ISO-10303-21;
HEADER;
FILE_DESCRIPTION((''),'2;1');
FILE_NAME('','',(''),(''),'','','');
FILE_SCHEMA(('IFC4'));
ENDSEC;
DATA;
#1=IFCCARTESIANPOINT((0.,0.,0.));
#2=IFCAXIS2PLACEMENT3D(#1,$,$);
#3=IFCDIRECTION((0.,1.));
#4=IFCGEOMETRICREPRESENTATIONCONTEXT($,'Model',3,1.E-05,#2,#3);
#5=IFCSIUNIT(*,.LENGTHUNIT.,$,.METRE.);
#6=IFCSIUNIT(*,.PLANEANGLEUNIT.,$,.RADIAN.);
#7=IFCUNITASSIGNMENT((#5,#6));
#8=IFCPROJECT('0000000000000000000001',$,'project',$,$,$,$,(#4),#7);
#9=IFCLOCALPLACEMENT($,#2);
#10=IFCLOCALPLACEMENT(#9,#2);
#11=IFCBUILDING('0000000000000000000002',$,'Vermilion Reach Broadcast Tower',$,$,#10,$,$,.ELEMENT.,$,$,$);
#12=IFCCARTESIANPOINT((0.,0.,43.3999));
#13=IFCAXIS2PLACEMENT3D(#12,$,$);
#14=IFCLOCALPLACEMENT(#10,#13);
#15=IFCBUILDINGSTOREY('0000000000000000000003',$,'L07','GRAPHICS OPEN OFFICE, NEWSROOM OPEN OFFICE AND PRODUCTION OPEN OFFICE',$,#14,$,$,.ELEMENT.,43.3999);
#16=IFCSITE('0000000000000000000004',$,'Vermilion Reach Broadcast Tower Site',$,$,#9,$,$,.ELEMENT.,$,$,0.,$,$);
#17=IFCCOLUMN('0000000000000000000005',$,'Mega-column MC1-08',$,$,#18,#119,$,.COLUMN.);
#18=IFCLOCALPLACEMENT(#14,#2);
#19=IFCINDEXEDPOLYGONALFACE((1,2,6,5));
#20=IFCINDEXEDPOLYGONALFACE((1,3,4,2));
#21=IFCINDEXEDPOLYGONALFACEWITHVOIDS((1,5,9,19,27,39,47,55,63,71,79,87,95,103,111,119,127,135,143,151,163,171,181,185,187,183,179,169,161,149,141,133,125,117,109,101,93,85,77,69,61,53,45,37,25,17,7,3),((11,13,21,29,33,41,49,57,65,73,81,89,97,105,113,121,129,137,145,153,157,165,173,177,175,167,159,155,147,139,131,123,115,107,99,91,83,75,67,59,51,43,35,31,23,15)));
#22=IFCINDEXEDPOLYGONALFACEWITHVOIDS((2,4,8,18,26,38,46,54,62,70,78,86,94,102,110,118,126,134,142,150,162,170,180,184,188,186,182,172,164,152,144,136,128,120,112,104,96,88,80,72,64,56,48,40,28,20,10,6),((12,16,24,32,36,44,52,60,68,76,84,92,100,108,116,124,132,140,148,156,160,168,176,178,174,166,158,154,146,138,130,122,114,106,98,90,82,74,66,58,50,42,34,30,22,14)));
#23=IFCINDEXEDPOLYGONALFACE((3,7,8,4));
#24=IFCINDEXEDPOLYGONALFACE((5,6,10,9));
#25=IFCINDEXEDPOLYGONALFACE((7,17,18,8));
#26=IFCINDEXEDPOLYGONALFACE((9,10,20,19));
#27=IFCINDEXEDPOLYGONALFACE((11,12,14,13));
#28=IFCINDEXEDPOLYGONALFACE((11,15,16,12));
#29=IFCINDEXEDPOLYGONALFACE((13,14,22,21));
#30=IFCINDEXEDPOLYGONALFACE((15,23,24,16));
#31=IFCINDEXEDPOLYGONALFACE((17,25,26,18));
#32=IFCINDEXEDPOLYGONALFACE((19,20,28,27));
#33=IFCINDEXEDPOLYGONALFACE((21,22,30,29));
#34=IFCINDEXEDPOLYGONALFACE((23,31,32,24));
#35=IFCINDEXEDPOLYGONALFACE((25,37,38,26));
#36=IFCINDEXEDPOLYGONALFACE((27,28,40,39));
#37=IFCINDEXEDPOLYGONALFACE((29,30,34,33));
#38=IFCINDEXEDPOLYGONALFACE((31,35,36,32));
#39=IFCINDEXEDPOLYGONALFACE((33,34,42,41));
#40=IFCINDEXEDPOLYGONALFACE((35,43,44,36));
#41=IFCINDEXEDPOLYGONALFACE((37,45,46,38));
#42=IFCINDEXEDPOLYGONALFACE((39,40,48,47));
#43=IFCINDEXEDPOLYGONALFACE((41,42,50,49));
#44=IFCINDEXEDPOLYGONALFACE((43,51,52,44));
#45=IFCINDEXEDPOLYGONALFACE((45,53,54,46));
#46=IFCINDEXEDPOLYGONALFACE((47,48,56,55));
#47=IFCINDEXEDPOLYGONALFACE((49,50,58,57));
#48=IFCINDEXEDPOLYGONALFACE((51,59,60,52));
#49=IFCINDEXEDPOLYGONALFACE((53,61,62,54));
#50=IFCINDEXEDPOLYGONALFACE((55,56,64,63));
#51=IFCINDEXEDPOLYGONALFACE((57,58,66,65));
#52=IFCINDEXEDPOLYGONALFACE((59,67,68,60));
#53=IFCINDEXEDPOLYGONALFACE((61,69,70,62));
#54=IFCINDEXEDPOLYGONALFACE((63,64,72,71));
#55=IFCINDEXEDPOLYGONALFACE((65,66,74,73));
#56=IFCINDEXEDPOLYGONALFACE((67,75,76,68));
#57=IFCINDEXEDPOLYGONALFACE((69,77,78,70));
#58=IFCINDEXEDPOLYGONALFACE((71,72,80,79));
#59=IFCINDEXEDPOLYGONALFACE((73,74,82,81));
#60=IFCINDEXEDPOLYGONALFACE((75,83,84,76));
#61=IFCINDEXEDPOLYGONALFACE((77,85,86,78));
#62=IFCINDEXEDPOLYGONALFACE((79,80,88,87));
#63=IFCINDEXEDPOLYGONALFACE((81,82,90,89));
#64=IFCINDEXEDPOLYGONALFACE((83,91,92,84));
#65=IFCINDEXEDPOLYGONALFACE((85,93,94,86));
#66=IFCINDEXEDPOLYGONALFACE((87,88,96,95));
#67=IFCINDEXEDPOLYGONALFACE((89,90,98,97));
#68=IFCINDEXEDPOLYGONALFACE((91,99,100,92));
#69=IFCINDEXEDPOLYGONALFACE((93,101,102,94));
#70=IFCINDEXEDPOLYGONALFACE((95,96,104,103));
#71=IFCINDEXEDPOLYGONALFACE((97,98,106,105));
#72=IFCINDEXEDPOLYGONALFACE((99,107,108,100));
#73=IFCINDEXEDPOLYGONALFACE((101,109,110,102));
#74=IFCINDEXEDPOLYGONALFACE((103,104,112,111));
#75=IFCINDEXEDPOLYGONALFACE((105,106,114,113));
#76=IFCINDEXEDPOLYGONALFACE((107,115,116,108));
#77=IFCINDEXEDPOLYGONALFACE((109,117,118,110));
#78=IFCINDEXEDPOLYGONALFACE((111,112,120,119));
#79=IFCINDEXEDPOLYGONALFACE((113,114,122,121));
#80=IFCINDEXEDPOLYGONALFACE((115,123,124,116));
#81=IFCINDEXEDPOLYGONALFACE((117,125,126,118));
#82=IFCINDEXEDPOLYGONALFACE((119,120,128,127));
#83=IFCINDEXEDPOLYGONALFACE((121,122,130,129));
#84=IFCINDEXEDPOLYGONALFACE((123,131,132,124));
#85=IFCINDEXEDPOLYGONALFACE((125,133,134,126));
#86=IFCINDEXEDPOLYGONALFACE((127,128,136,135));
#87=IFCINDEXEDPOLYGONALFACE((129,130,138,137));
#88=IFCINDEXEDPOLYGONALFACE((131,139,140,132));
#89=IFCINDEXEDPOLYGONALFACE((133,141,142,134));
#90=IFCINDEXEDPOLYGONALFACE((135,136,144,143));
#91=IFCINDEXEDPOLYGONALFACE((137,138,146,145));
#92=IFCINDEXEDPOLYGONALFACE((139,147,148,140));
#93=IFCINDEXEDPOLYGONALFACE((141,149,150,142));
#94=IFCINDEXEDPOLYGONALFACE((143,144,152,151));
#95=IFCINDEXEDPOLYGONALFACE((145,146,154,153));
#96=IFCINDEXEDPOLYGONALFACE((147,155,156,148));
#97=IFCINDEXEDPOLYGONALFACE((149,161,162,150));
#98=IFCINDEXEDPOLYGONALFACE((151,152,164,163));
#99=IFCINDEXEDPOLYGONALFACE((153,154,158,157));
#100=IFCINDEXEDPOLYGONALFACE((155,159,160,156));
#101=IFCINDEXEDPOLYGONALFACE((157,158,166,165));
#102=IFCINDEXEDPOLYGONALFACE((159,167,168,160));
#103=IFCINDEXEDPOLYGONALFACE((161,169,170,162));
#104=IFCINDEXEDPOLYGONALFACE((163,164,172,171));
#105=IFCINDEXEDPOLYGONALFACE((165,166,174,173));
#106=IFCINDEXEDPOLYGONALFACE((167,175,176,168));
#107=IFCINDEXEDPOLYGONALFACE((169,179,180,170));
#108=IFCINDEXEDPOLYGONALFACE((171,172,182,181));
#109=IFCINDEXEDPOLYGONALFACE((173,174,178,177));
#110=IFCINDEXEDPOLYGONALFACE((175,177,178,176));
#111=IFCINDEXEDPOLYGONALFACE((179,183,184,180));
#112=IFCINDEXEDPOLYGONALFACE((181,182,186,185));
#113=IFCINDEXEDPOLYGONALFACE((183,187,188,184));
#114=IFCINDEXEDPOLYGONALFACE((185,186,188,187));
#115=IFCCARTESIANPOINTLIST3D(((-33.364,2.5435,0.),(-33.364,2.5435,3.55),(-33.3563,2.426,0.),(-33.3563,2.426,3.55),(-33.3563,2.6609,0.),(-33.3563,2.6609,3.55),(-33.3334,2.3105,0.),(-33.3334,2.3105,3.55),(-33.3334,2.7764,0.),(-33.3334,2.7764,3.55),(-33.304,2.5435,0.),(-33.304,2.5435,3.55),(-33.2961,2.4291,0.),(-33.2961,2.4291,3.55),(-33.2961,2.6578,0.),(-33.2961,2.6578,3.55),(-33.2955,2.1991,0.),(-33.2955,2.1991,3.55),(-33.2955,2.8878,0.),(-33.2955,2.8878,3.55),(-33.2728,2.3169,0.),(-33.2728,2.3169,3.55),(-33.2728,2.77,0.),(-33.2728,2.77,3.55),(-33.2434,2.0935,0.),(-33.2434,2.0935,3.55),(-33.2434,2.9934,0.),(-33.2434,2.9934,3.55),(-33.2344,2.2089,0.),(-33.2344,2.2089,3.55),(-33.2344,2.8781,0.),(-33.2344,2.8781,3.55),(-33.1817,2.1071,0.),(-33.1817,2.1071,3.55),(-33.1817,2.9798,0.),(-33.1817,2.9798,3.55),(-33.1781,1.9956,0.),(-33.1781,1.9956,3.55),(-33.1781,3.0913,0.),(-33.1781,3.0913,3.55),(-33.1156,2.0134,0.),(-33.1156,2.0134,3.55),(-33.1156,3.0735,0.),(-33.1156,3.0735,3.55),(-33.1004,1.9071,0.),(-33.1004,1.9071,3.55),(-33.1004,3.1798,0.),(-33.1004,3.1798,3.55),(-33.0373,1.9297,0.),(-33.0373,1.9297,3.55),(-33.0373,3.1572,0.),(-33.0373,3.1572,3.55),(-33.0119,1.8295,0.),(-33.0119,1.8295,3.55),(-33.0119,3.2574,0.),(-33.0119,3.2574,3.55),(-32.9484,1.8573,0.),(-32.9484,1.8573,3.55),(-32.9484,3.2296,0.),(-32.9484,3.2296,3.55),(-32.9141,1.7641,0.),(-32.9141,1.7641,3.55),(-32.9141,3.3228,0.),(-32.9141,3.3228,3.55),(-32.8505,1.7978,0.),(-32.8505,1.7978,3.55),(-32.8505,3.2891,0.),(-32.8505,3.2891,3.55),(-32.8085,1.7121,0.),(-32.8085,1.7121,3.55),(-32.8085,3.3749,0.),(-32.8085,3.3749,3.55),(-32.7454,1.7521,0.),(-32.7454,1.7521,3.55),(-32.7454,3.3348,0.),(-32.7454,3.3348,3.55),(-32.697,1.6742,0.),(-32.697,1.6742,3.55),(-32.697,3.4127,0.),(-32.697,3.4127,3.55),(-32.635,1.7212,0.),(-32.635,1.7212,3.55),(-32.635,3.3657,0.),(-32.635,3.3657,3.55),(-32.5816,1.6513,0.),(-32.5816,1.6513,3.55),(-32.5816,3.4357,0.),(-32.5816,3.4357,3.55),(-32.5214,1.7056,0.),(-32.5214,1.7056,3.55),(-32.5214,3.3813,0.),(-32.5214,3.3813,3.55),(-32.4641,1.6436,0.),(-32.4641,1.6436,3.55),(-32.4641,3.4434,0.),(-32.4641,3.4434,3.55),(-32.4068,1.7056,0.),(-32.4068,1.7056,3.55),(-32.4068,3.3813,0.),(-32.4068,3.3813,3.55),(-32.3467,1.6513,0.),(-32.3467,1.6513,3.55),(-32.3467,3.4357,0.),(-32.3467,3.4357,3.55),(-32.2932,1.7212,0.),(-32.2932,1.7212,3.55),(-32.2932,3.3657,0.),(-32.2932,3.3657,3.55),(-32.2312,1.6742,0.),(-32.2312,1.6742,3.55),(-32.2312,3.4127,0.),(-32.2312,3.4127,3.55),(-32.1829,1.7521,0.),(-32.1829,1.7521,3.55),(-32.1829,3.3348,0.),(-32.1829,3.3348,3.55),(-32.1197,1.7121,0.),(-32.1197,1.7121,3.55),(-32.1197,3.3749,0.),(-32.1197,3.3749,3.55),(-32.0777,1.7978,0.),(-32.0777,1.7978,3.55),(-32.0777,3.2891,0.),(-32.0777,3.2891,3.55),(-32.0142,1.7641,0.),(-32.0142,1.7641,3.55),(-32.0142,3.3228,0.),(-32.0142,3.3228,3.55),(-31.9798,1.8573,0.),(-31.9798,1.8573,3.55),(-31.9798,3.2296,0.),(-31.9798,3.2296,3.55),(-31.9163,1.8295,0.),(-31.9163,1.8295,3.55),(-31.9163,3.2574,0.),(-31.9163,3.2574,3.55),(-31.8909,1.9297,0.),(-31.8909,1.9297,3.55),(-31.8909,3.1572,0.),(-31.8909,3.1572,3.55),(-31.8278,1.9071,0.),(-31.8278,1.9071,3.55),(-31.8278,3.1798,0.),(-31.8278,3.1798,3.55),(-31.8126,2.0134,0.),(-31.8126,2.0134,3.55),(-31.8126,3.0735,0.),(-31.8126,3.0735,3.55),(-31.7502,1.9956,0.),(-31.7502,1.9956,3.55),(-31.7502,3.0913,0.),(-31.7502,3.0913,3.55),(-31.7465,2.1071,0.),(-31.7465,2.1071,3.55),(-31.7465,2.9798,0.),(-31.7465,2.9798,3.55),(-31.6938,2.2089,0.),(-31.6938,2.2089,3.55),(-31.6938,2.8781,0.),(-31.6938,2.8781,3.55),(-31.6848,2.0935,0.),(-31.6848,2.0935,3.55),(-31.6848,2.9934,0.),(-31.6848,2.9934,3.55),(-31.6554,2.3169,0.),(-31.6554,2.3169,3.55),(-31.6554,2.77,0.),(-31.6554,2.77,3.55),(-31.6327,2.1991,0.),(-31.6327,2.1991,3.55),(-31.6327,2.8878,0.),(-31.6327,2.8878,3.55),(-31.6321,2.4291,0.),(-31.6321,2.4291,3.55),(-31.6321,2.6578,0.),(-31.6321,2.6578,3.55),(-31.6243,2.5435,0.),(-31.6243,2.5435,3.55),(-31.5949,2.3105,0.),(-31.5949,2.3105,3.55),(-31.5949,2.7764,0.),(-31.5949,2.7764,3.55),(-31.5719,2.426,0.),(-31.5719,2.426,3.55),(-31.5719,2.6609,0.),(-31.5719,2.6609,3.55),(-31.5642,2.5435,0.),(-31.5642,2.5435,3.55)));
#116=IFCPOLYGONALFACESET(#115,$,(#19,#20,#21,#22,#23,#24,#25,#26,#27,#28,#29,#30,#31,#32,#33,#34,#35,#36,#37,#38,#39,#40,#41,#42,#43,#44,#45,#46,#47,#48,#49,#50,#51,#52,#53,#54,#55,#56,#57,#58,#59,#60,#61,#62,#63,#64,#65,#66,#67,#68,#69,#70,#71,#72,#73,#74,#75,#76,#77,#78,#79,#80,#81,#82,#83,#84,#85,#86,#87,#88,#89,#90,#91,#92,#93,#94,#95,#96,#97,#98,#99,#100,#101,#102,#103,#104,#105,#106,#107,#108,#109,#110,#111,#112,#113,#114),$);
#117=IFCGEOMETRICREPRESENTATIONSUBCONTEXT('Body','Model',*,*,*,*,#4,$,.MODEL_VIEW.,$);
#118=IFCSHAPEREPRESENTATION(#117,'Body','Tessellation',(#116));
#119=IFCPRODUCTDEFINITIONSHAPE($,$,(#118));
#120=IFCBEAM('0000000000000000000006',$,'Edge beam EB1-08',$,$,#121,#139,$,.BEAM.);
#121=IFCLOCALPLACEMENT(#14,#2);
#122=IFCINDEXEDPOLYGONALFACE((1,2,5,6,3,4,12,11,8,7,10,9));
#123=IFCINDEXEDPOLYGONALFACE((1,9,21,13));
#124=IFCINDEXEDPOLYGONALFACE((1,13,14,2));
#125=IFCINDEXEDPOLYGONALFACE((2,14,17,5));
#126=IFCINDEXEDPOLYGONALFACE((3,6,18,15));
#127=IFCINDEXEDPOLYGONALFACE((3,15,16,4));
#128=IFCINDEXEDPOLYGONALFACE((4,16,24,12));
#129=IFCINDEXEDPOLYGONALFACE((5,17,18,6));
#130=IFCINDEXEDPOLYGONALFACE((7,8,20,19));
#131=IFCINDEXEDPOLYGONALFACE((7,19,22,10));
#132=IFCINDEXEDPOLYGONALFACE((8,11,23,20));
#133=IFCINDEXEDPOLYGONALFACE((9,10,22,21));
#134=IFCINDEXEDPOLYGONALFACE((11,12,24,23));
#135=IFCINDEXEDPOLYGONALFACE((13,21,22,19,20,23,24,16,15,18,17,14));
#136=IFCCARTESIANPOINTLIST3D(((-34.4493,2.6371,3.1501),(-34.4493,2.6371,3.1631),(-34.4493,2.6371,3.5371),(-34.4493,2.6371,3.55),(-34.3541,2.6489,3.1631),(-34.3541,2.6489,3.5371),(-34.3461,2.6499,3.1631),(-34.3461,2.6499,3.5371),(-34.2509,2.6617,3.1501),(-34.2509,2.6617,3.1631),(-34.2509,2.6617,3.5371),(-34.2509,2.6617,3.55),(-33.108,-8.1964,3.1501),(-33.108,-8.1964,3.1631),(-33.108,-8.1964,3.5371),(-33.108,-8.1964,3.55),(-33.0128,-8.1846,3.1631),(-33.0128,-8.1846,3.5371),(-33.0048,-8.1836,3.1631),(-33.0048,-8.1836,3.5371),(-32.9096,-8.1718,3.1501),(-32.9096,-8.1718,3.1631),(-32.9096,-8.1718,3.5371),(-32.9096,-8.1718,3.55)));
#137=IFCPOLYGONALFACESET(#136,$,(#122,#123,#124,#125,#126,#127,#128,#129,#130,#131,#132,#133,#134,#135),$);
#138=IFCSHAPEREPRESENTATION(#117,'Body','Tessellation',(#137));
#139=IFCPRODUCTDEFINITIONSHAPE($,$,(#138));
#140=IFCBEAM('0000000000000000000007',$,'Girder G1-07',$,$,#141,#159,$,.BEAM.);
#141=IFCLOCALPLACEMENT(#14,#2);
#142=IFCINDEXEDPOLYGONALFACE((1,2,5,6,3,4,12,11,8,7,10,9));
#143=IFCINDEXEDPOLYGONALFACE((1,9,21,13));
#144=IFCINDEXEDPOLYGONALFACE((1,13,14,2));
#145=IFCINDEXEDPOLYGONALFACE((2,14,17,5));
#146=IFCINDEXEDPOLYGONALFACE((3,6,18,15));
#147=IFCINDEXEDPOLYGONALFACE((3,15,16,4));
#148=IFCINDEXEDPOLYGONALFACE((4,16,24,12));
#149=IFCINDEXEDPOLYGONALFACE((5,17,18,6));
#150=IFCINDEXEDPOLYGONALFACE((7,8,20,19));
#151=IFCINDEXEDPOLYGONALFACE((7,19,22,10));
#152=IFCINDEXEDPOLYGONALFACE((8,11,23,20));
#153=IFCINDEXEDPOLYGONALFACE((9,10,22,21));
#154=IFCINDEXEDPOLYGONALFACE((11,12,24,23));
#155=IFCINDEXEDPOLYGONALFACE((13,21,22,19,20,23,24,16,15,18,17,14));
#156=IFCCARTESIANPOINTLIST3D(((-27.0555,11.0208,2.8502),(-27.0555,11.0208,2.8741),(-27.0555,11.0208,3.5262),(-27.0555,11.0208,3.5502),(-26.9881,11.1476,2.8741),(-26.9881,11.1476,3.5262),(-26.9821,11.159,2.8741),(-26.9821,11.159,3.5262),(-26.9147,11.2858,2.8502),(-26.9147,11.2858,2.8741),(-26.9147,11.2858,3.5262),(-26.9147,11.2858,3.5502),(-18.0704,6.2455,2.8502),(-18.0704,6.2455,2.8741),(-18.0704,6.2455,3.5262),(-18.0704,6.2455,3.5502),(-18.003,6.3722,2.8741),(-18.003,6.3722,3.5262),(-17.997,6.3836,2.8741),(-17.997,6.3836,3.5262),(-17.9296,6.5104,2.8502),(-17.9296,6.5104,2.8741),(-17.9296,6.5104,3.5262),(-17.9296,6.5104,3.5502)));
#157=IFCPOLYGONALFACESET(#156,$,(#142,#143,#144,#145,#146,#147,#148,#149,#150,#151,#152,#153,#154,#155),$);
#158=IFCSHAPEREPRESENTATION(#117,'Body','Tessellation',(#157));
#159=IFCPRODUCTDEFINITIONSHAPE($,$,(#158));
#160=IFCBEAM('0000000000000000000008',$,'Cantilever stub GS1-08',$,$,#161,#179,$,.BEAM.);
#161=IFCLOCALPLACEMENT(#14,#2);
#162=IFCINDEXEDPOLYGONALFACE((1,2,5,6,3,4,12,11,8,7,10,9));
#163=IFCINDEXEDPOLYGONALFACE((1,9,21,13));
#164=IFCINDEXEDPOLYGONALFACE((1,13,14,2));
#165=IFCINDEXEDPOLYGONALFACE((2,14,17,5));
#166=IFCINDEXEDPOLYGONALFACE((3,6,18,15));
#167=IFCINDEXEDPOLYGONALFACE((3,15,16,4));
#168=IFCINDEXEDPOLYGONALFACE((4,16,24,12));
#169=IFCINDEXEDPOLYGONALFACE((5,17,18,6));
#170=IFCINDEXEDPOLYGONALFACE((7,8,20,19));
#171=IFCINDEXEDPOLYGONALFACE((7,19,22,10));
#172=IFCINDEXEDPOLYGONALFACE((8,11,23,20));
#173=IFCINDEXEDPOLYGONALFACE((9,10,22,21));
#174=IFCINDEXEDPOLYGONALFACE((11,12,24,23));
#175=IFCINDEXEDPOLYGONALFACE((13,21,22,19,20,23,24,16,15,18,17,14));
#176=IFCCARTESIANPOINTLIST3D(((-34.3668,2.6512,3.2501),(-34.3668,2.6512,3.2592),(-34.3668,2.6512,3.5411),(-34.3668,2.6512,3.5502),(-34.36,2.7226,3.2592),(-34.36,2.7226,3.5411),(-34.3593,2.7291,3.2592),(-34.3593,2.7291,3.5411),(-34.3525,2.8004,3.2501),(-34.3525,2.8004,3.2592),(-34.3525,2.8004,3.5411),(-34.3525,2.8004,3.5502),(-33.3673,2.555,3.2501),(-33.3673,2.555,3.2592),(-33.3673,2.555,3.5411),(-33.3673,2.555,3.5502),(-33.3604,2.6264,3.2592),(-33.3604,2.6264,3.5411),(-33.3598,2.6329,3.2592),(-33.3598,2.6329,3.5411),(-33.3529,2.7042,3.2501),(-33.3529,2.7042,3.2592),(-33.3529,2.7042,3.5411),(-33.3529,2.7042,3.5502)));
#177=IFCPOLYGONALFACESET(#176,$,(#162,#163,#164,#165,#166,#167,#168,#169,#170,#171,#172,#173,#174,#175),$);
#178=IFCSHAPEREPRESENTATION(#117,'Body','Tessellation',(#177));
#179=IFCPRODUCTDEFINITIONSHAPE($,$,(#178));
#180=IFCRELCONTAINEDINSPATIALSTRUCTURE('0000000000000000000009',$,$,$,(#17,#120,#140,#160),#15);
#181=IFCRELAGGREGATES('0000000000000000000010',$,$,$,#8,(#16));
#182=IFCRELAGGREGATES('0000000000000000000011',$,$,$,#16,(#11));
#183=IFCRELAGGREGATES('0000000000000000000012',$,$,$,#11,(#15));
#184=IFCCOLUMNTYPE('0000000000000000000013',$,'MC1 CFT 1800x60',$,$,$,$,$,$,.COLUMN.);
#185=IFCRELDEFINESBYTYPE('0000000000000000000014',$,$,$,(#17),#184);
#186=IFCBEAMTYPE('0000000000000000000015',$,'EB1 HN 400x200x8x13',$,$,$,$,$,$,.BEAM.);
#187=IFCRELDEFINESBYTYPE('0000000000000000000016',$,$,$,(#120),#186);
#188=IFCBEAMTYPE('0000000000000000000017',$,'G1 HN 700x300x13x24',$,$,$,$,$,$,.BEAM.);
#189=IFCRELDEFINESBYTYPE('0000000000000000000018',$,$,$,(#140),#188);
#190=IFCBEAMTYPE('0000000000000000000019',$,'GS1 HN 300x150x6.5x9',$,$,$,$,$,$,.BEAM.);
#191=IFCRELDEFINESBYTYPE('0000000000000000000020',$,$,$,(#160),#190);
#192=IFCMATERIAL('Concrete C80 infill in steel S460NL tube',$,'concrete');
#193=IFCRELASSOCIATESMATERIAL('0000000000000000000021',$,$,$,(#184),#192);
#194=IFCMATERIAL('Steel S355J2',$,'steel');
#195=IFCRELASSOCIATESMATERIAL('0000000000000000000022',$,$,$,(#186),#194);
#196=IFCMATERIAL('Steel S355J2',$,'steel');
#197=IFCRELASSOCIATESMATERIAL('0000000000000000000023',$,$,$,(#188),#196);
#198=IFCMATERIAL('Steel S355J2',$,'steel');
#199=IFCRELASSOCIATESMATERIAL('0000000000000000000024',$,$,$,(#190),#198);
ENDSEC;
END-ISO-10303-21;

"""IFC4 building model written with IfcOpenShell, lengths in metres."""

from ifc_helpers import new_model, si_unit, direction, frame, origin, origin_2d, place, context, subcontext, project, spatial, hollow_circle, i_section, extrude, material, material_profile, profile_set, type_object, element, save


model = new_model("IFC4")

# Units and contexts
model_context = context("Model", 3, precision=1e-05, world=origin(), true_north=direction((0.0, 1.0)))
body_context = subcontext(model_context, "Body", "Model", "MODEL_VIEW")
ifc_project = project(units=[si_unit("LENGTHUNIT", "METRE"), si_unit("PLANEANGLEUNIT", "RADIAN")], contexts=[model_context])

# Site, building, storey
site_placement = place(None, origin())
site = spatial("IfcSite", under=ifc_project, at=site_placement, Name="Vermilion Reach Broadcast Tower Site", CompositionType="ELEMENT", RefElevation=0.0)
building_placement = place(site_placement, origin())
building = spatial("IfcBuilding", under=site, at=building_placement, Name="Vermilion Reach Broadcast Tower", CompositionType="ELEMENT")
storey_placement = place(building_placement, frame((0.0, 0.0, 43.3999)))
storey = spatial("IfcBuildingStorey", under=building, at=storey_placement, Name="L07", Description="GRAPHICS OPEN OFFICE, NEWSROOM OPEN OFFICE AND PRODUCTION OPEN OFFICE", CompositionType="ELEMENT", Elevation=43.3999)

# Column
ifc_material_1 = material(Name="Concrete C80 infill in steel S460NL tube", Category="concrete")
ifc_material_profile_1 = material_profile(ifc_material_1, hollow_circle(Radius=0.8999, WallThickness=0.0601, at=origin_2d()), Name="Concrete C80 infill in steel S460NL tube CFT 1800x60")
ifc_profile_set_1 = profile_set([ifc_material_profile_1], Name="Concrete C80 infill in steel S460NL tube")
column_type = type_object("IfcColumnType", Name="MC1 CFT 1800x60", PredefinedType="COLUMN", material=ifc_profile_set_1)
column_placement = place(storey_placement, frame((-32.4641, 2.5435, 0.0), z_axis=(0.0, 0.0, 1.0), x_axis=(1.0, 0.0, 0.0)))
element("IfcColumn", 1, at=column_placement, inside=storey, type_object=column_type, Name="Mega-column MC1-08", PredefinedType="COLUMN", context=body_context, shape_type="SweptSolid", body=[
    extrude(hollow_circle(Radius=0.8999, WallThickness=0.0601, at=origin_2d()), origin(), (0.0, 0.0, 1.0), 3.55),
])

# Beams
ifc_material_2 = material(Name="Steel S355J2", Category="steel")
ifc_material_profile_2 = material_profile(ifc_material_2, i_section(OverallWidth=0.2, OverallDepth=0.3999, WebThickness=0.0081, FlangeThickness=0.0129, at=origin_2d()), Name="S355J2 HN 400x200x8x13")
ifc_profile_set_2 = profile_set([ifc_material_profile_2], Name="Steel S355J2")
beam_type_1 = type_object("IfcBeamType", Name="EB1 HN 400x200x8x13", PredefinedType="BEAM", material=ifc_profile_set_2)
beam_1_placement = place(storey_placement, frame((-34.3501, 2.6494, 3.3501), z_axis=(0.122873, -0.992422, 0.0), x_axis=(0.992422, 0.122873, 0.0)))
element("IfcBeam", 2, at=beam_1_placement, inside=storey, type_object=beam_type_1, Name="Edge beam EB1-08", PredefinedType="BEAM", context=body_context, shape_type="SweptSolid", body=[
    extrude(i_section(OverallWidth=0.2, OverallDepth=0.3999, WebThickness=0.0081, FlangeThickness=0.0129, at=origin_2d()), origin(), (0.0, 0.0, 1.0), 10.9163),
])
ifc_material_3 = material(Name="Steel S355J2", Category="steel")
ifc_material_profile_3 = material_profile(ifc_material_3, i_section(OverallWidth=0.3, OverallDepth=0.7, WebThickness=0.0129, FlangeThickness=0.0239, at=origin_2d()), Name="S355J2 HN 700x300x13x24")
ifc_profile_set_3 = profile_set([ifc_material_profile_3], Name="Steel S355J2")
beam_type_2 = type_object("IfcBeamType", Name="G1 HN 700x300x13x24", PredefinedType="BEAM", material=ifc_profile_set_3)
beam_2_placement = place(storey_placement, frame((-18.0, 6.3779, 3.2002), z_axis=(-0.883032, 0.469313, 0.0), x_axis=(-0.469313, -0.883032, 0.0)))
element("IfcBeam", 3, at=beam_2_placement, inside=storey, type_object=beam_type_2, Name="Girder G1-07", PredefinedType="BEAM", context=body_context, shape_type="SweptSolid", body=[
    extrude(i_section(OverallWidth=0.3, OverallDepth=0.7, WebThickness=0.0129, FlangeThickness=0.0239, at=origin_2d()), origin(), (0.0, 0.0, 1.0), 10.1753),
])
ifc_material_4 = material(Name="Steel S355J2", Category="steel")
ifc_material_profile_4 = material_profile(ifc_material_4, i_section(OverallWidth=0.1499, OverallDepth=0.3, WebThickness=0.0066, FlangeThickness=0.009, at=origin_2d()), Name="S355J2 HN 300x150x6.5x9")
ifc_profile_set_4 = profile_set([ifc_material_profile_4], Name="Steel S355J2")
beam_type_3 = type_object("IfcBeamType", Name="GS1 HN 300x150x6.5x9", PredefinedType="BEAM", material=ifc_profile_set_4)
beam_3_placement = place(storey_placement, frame((-33.3601, 2.6296, 3.4001), z_axis=(-0.995401, 0.095796, 0.0), x_axis=(-0.095796, -0.995401, 0.0)))
element("IfcBeam", 4, at=beam_3_placement, inside=storey, type_object=beam_type_3, Name="Cantilever stub GS1-08", PredefinedType="BEAM", context=body_context, shape_type="SweptSolid", body=[
    extrude(i_section(OverallWidth=0.1499, OverallDepth=0.3, WebThickness=0.0066, FlangeThickness=0.009, at=origin_2d()), origin(), (0.0, 0.0, 1.0), 1.0042),
])

save(model, "model.ifc")
